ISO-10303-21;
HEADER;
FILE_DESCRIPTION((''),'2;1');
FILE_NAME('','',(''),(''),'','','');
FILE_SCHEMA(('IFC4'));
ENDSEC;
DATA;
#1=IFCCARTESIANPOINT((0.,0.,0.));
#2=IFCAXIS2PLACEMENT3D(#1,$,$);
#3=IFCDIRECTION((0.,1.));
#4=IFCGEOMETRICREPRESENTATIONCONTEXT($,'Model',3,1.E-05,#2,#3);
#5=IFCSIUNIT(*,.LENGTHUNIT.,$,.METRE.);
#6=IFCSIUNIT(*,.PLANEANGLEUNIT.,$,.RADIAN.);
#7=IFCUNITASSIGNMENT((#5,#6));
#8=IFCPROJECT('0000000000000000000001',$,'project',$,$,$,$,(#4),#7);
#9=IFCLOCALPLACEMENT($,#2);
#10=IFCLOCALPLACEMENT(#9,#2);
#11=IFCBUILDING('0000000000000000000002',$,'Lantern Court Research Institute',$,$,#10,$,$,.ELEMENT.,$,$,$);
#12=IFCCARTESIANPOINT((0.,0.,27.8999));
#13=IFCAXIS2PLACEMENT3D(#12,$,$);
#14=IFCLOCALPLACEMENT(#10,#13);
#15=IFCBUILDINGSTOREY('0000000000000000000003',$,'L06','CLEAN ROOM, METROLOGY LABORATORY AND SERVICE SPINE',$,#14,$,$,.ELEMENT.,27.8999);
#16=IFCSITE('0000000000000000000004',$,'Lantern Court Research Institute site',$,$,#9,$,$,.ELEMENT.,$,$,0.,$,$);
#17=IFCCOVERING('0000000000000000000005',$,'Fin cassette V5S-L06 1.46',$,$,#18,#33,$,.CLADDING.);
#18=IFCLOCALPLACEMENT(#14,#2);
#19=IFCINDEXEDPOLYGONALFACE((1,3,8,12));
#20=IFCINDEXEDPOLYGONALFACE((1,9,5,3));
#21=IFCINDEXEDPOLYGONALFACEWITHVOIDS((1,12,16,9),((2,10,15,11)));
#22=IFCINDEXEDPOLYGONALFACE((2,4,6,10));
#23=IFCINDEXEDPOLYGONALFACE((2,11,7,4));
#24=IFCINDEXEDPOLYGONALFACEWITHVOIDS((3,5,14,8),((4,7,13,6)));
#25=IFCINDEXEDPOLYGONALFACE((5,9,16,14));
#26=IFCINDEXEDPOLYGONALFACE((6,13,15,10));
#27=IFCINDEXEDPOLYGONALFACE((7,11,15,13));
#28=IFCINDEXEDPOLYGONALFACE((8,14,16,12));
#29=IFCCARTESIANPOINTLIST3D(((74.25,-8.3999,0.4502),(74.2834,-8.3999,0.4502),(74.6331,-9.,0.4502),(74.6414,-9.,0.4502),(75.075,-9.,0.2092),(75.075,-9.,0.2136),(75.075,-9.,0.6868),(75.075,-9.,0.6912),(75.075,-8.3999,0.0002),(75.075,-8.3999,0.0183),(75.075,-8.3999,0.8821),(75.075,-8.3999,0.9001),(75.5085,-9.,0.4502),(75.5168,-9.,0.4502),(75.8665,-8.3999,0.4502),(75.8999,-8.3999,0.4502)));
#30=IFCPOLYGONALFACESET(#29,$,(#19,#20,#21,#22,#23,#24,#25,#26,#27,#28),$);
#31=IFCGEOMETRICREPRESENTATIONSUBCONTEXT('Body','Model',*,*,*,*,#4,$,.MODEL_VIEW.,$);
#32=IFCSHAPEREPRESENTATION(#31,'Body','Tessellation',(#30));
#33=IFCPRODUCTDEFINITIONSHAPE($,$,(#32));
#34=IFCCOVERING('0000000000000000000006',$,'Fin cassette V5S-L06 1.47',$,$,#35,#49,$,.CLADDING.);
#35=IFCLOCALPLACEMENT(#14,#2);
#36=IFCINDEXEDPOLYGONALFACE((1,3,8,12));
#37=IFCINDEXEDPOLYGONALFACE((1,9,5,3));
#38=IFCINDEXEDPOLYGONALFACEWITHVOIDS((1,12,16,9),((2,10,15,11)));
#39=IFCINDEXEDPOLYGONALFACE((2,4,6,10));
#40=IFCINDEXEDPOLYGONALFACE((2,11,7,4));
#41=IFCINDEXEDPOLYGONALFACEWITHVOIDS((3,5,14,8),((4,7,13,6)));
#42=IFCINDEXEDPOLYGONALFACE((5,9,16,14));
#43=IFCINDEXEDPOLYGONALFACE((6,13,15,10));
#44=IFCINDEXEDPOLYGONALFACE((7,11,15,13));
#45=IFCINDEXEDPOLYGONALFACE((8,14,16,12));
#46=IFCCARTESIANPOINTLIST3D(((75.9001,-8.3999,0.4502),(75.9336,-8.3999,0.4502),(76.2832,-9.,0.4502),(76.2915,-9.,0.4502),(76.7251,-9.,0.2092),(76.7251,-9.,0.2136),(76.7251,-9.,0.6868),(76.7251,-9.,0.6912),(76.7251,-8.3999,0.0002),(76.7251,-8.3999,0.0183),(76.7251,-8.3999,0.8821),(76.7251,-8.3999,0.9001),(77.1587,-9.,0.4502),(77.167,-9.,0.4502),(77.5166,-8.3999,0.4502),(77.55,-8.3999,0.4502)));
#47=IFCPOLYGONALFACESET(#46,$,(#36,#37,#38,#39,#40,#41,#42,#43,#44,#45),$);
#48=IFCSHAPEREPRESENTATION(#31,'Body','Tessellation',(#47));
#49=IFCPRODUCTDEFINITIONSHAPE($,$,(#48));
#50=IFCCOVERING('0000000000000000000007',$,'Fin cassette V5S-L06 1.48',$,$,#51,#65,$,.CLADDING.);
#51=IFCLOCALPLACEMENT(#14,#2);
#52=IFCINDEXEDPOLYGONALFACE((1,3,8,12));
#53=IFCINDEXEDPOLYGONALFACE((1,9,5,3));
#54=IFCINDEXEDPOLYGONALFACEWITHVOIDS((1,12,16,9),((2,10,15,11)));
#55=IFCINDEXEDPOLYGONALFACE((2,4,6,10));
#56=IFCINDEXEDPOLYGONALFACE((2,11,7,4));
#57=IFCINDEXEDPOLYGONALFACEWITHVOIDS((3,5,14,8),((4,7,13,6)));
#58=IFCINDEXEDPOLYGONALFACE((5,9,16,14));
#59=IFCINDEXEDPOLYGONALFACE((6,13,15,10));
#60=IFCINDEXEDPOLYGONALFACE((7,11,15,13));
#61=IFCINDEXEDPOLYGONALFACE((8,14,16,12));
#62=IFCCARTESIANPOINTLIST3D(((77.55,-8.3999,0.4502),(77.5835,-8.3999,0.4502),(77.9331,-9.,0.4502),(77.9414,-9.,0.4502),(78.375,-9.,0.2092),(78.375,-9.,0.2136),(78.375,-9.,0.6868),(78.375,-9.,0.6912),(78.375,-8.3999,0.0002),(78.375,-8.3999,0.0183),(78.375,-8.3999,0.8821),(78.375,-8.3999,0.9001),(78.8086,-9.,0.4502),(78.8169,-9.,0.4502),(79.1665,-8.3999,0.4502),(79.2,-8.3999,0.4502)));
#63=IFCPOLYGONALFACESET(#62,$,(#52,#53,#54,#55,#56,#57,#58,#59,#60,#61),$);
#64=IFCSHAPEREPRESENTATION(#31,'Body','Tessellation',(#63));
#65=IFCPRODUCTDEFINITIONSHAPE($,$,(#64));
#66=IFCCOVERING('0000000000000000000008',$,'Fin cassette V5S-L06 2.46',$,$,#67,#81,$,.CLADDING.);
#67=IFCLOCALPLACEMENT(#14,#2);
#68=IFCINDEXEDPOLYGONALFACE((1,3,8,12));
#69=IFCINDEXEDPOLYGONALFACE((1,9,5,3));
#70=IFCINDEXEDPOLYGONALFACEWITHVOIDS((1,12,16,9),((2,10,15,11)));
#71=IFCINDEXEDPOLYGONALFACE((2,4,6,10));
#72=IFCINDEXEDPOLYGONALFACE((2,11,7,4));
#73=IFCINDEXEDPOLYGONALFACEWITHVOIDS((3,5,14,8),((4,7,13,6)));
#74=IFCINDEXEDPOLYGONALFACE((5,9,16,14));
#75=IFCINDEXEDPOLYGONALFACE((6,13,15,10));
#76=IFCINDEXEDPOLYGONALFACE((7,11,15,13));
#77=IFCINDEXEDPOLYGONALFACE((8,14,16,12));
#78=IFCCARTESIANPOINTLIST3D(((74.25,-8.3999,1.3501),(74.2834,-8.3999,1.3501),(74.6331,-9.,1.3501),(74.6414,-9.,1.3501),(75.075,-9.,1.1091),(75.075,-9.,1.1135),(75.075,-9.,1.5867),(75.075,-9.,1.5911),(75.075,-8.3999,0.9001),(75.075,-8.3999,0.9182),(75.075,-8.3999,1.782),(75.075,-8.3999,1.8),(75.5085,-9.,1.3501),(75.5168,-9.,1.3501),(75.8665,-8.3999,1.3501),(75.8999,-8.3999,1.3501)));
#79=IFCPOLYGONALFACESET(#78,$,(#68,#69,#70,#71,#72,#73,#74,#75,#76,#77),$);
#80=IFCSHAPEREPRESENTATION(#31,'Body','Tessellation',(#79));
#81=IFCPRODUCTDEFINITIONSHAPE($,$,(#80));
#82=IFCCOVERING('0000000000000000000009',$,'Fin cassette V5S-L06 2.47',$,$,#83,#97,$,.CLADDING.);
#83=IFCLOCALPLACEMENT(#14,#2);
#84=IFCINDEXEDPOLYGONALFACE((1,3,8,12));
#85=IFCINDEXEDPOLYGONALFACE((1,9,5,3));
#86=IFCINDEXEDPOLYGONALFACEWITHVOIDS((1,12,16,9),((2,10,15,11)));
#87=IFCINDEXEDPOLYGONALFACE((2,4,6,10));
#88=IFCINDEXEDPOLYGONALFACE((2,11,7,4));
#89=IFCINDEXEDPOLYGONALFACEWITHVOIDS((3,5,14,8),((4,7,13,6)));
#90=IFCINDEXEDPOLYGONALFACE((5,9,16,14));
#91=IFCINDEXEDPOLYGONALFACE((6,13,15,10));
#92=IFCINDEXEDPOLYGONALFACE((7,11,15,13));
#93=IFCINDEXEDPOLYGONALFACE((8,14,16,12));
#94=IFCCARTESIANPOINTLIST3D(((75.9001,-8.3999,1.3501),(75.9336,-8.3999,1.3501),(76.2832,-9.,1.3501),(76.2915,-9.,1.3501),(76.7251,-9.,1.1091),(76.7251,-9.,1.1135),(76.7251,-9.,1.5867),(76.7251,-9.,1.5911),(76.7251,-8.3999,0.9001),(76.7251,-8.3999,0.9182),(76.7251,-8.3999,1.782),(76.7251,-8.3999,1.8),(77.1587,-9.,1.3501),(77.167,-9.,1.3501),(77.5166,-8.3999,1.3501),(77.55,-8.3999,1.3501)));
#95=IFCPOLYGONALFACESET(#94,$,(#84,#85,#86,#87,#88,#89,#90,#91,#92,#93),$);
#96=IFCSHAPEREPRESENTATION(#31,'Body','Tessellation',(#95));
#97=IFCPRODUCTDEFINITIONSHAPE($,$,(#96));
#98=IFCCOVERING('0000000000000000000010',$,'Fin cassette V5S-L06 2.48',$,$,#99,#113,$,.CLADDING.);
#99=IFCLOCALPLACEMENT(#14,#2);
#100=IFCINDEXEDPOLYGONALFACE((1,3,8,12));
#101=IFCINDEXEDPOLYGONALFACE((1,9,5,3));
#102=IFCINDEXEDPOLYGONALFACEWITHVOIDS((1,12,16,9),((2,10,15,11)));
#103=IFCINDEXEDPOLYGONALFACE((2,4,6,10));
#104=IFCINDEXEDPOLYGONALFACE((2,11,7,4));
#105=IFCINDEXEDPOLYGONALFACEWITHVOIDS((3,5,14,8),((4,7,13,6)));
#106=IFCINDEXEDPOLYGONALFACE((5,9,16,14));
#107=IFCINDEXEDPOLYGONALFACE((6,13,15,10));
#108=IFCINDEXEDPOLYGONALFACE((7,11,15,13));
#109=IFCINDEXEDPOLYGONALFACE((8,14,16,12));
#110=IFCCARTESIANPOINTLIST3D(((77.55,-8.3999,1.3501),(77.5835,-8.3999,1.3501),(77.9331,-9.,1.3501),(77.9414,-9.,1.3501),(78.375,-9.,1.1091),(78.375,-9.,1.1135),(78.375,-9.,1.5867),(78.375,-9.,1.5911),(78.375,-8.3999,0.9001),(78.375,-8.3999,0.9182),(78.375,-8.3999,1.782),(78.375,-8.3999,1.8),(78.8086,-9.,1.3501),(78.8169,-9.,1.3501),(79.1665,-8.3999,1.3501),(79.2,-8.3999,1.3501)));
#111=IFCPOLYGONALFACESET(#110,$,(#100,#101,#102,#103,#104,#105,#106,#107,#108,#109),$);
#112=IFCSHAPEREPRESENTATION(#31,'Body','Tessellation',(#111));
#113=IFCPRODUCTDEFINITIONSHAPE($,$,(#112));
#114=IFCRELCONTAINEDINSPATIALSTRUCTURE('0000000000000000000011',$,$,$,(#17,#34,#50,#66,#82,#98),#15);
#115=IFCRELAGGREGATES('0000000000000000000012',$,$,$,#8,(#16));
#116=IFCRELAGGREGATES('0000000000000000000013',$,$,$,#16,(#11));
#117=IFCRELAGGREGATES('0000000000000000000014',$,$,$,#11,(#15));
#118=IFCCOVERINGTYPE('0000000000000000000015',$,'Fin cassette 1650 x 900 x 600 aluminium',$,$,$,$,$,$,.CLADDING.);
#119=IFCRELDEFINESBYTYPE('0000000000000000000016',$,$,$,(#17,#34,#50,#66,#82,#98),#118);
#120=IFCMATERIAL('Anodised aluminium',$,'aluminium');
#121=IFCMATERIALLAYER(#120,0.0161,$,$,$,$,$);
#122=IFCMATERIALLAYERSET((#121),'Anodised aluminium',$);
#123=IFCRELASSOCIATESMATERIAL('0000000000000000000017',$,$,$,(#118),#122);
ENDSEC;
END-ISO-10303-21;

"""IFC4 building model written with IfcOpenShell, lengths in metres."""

from ifc_helpers import new_model, entity, si_unit, direction, frame, origin, place, context, subcontext, project, spatial, material, layer, layer_set, type_object, element, save


model = new_model("IFC4")

# Units and contexts
model_context = context("Model", 3, precision=1e-05, world=origin(), true_north=direction((0.0, 1.0)))
body_context = subcontext(model_context, "Body", "Model", "MODEL_VIEW")
ifc_project = project(units=[si_unit("LENGTHUNIT", "METRE"), si_unit("PLANEANGLEUNIT", "RADIAN")], contexts=[model_context])

# Site, building, storey
site_placement = place(None, origin())
site = spatial("IfcSite", under=ifc_project, at=site_placement, Name="Lantern Court Research Institute site", CompositionType="ELEMENT", RefElevation=0.0)
building_placement = place(site_placement, origin())
building = spatial("IfcBuilding", under=site, at=building_placement, Name="Lantern Court Research Institute", CompositionType="ELEMENT")
storey_placement = place(building_placement, frame((0.0, 0.0, 27.8999)))
storey = spatial("IfcBuildingStorey", under=building, at=storey_placement, Name="L06", Description="CLEAN ROOM, METROLOGY LABORATORY AND SERVICE SPINE", CompositionType="ELEMENT", Elevation=27.8999)

# Coverings
ifc_material_1 = material(Name="Anodised aluminium", Category="aluminium")
ifc_layer_1 = layer(ifc_material_1, 0.0161)
ifc_layer_set_1 = layer_set([ifc_layer_1], Name="Anodised aluminium")
covering_type = type_object("IfcCoveringType", Name="Fin cassette 1650 x 900 x 600 aluminium", PredefinedType="CLADDING", material=ifc_layer_set_1)
covering_1_placement = place(storey_placement, frame((75.075, -8.3999, 0.4502), z_axis=(0.0, -1.0, 0.0), x_axis=(1.0, 0.0, 0.0)))
cartesian_point_1 = entity("IfcCartesianPoint", [0.825, 0.0])
cartesian_point_2 = entity("IfcCartesianPoint", [0.7915, 0.0])
cartesian_point_3 = entity("IfcCartesianPoint", [0.4419, 0.0])
cartesian_point_4 = entity("IfcCartesianPoint", [0.4336, 0.0])
element("IfcCovering", 1, at=covering_1_placement, inside=storey, type_object=covering_type, Name="Fin cassette V5S-L06 1.46", PredefinedType="CLADDING", context=body_context, shape_type="SweptSolid", body=[
    entity("IfcExtrudedAreaSolidTapered", entity("IfcArbitraryProfileDefWithVoids", "AREA", None, entity("IfcPolyline", [cartesian_point_1, entity("IfcCartesianPoint", [0.0, 0.45]), entity("IfcCartesianPoint", [-0.825, 0.0]), entity("IfcCartesianPoint", [0.0, -0.45]), cartesian_point_1]), [entity("IfcPolyline", [cartesian_point_2, entity("IfcCartesianPoint", [0.0, 0.4319]), entity("IfcCartesianPoint", [-0.7915, 0.0]), entity("IfcCartesianPoint", [0.0, -0.4319]), cartesian_point_2])]), entity("IfcAxis2Placement3D", entity("IfcCartesianPoint", [0.0, 0.0, 0.0])), entity("IfcDirection", [0.0, 0.0, 1.0]), 0.6001, entity("IfcArbitraryProfileDefWithVoids", "AREA", None, entity("IfcPolyline", [cartesian_point_3, entity("IfcCartesianPoint", [0.0, 0.241]), entity("IfcCartesianPoint", [-0.4419, 0.0]), entity("IfcCartesianPoint", [0.0, -0.241]), cartesian_point_3]), [entity("IfcPolyline", [cartesian_point_4, entity("IfcCartesianPoint", [0.0, 0.2366]), entity("IfcCartesianPoint", [-0.4336, 0.0]), entity("IfcCartesianPoint", [0.0, -0.2366]), cartesian_point_4])])),
])
covering_2_placement = place(storey_placement, frame((76.7251, -8.3999, 0.4502), z_axis=(0.0, -1.0, 0.0), x_axis=(1.0, 0.0, 0.0)))
cartesian_point_5 = entity("IfcCartesianPoint", [0.825, 0.0])
cartesian_point_6 = entity("IfcCartesianPoint", [0.7915, 0.0])
cartesian_point_7 = entity("IfcCartesianPoint", [0.4419, 0.0])
cartesian_point_8 = entity("IfcCartesianPoint", [0.4336, 0.0])
element("IfcCovering", 2, at=covering_2_placement, inside=storey, type_object=covering_type, Name="Fin cassette V5S-L06 1.47", PredefinedType="CLADDING", context=body_context, shape_type="SweptSolid", body=[
    entity("IfcExtrudedAreaSolidTapered", entity("IfcArbitraryProfileDefWithVoids", "AREA", None, entity("IfcPolyline", [cartesian_point_5, entity("IfcCartesianPoint", [0.0, 0.45]), entity("IfcCartesianPoint", [-0.825, 0.0]), entity("IfcCartesianPoint", [0.0, -0.45]), cartesian_point_5]), [entity("IfcPolyline", [cartesian_point_6, entity("IfcCartesianPoint", [0.0, 0.4319]), entity("IfcCartesianPoint", [-0.7915, 0.0]), entity("IfcCartesianPoint", [0.0, -0.4319]), cartesian_point_6])]), entity("IfcAxis2Placement3D", entity("IfcCartesianPoint", [0.0, 0.0, 0.0])), entity("IfcDirection", [0.0, 0.0, 1.0]), 0.6001, entity("IfcArbitraryProfileDefWithVoids", "AREA", None, entity("IfcPolyline", [cartesian_point_7, entity("IfcCartesianPoint", [0.0, 0.241]), entity("IfcCartesianPoint", [-0.4419, 0.0]), entity("IfcCartesianPoint", [0.0, -0.241]), cartesian_point_7]), [entity("IfcPolyline", [cartesian_point_8, entity("IfcCartesianPoint", [0.0, 0.2366]), entity("IfcCartesianPoint", [-0.4336, 0.0]), entity("IfcCartesianPoint", [0.0, -0.2366]), cartesian_point_8])])),
])
covering_3_placement = place(storey_placement, frame((78.375, -8.3999, 0.4502), z_axis=(0.0, -1.0, 0.0), x_axis=(1.0, 0.0, 0.0)))
cartesian_point_9 = entity("IfcCartesianPoint", [0.825, 0.0])
cartesian_point_10 = entity("IfcCartesianPoint", [0.7915, 0.0])
cartesian_point_11 = entity("IfcCartesianPoint", [0.4419, 0.0])
cartesian_point_12 = entity("IfcCartesianPoint", [0.4336, 0.0])
element("IfcCovering", 3, at=covering_3_placement, inside=storey, type_object=covering_type, Name="Fin cassette V5S-L06 1.48", PredefinedType="CLADDING", context=body_context, shape_type="SweptSolid", body=[
    entity("IfcExtrudedAreaSolidTapered", entity("IfcArbitraryProfileDefWithVoids", "AREA", None, entity("IfcPolyline", [cartesian_point_9, entity("IfcCartesianPoint", [0.0, 0.45]), entity("IfcCartesianPoint", [-0.825, 0.0]), entity("IfcCartesianPoint", [0.0, -0.45]), cartesian_point_9]), [entity("IfcPolyline", [cartesian_point_10, entity("IfcCartesianPoint", [0.0, 0.4319]), entity("IfcCartesianPoint", [-0.7915, 0.0]), entity("IfcCartesianPoint", [0.0, -0.4319]), cartesian_point_10])]), entity("IfcAxis2Placement3D", entity("IfcCartesianPoint", [0.0, 0.0, 0.0])), entity("IfcDirection", [0.0, 0.0, 1.0]), 0.6001, entity("IfcArbitraryProfileDefWithVoids", "AREA", None, entity("IfcPolyline", [cartesian_point_11, entity("IfcCartesianPoint", [0.0, 0.241]), entity("IfcCartesianPoint", [-0.4419, 0.0]), entity("IfcCartesianPoint", [0.0, -0.241]), cartesian_point_11]), [entity("IfcPolyline", [cartesian_point_12, entity("IfcCartesianPoint", [0.0, 0.2366]), entity("IfcCartesianPoint", [-0.4336, 0.0]), entity("IfcCartesianPoint", [0.0, -0.2366]), cartesian_point_12])])),
])
covering_4_placement = place(storey_placement, frame((75.075, -8.3999, 1.3501), z_axis=(0.0, -1.0, 0.0), x_axis=(1.0, 0.0, 0.0)))
cartesian_point_13 = entity("IfcCartesianPoint", [0.825, 0.0])
cartesian_point_14 = entity("IfcCartesianPoint", [0.7915, 0.0])
cartesian_point_15 = entity("IfcCartesianPoint", [0.4419, 0.0])
cartesian_point_16 = entity("IfcCartesianPoint", [0.4336, 0.0])
element("IfcCovering", 4, at=covering_4_placement, inside=storey, type_object=covering_type, Name="Fin cassette V5S-L06 2.46", PredefinedType="CLADDING", context=body_context, shape_type="SweptSolid", body=[
    entity("IfcExtrudedAreaSolidTapered", entity("IfcArbitraryProfileDefWithVoids", "AREA", None, entity("IfcPolyline", [cartesian_point_13, entity("IfcCartesianPoint", [0.0, 0.45]), entity("IfcCartesianPoint", [-0.825, 0.0]), entity("IfcCartesianPoint", [0.0, -0.45]), cartesian_point_13]), [entity("IfcPolyline", [cartesian_point_14, entity("IfcCartesianPoint", [0.0, 0.4319]), entity("IfcCartesianPoint", [-0.7915, 0.0]), entity("IfcCartesianPoint", [0.0, -0.4319]), cartesian_point_14])]), entity("IfcAxis2Placement3D", entity("IfcCartesianPoint", [0.0, 0.0, 0.0])), entity("IfcDirection", [0.0, 0.0, 1.0]), 0.6001, entity("IfcArbitraryProfileDefWithVoids", "AREA", None, entity("IfcPolyline", [cartesian_point_15, entity("IfcCartesianPoint", [0.0, 0.241]), entity("IfcCartesianPoint", [-0.4419, 0.0]), entity("IfcCartesianPoint", [0.0, -0.241]), cartesian_point_15]), [entity("IfcPolyline", [cartesian_point_16, entity("IfcCartesianPoint", [0.0, 0.2366]), entity("IfcCartesianPoint", [-0.4336, 0.0]), entity("IfcCartesianPoint", [0.0, -0.2366]), cartesian_point_16])])),
])
covering_5_placement = place(storey_placement, frame((76.7251, -8.3999, 1.3501), z_axis=(0.0, -1.0, 0.0), x_axis=(1.0, 0.0, 0.0)))
cartesian_point_17 = entity("IfcCartesianPoint", [0.825, 0.0])
cartesian_point_18 = entity("IfcCartesianPoint", [0.7915, 0.0])
cartesian_point_19 = entity("IfcCartesianPoint", [0.4419, 0.0])
cartesian_point_20 = entity("IfcCartesianPoint", [0.4336, 0.0])
element("IfcCovering", 5, at=covering_5_placement, inside=storey, type_object=covering_type, Name="Fin cassette V5S-L06 2.47", PredefinedType="CLADDING", context=body_context, shape_type="SweptSolid", body=[
    entity("IfcExtrudedAreaSolidTapered", entity("IfcArbitraryProfileDefWithVoids", "AREA", None, entity("IfcPolyline", [cartesian_point_17, entity("IfcCartesianPoint", [0.0, 0.45]), entity("IfcCartesianPoint", [-0.825, 0.0]), entity("IfcCartesianPoint", [0.0, -0.45]), cartesian_point_17]), [entity("IfcPolyline", [cartesian_point_18, entity("IfcCartesianPoint", [0.0, 0.4319]), entity("IfcCartesianPoint", [-0.7915, 0.0]), entity("IfcCartesianPoint", [0.0, -0.4319]), cartesian_point_18])]), entity("IfcAxis2Placement3D", entity("IfcCartesianPoint", [0.0, 0.0, 0.0])), entity("IfcDirection", [0.0, 0.0, 1.0]), 0.6001, entity("IfcArbitraryProfileDefWithVoids", "AREA", None, entity("IfcPolyline", [cartesian_point_19, entity("IfcCartesianPoint", [0.0, 0.241]), entity("IfcCartesianPoint", [-0.4419, 0.0]), entity("IfcCartesianPoint", [0.0, -0.241]), cartesian_point_19]), [entity("IfcPolyline", [cartesian_point_20, entity("IfcCartesianPoint", [0.0, 0.2366]), entity("IfcCartesianPoint", [-0.4336, 0.0]), entity("IfcCartesianPoint", [0.0, -0.2366]), cartesian_point_20])])),
])
covering_6_placement = place(storey_placement, frame((78.375, -8.3999, 1.3501), z_axis=(0.0, -1.0, 0.0), x_axis=(1.0, 0.0, 0.0)))
cartesian_point_21 = entity("IfcCartesianPoint", [0.825, 0.0])
cartesian_point_22 = entity("IfcCartesianPoint", [0.7915, 0.0])
cartesian_point_23 = entity("IfcCartesianPoint", [0.4419, 0.0])
cartesian_point_24 = entity("IfcCartesianPoint", [0.4336, 0.0])
element("IfcCovering", 6, at=covering_6_placement, inside=storey, type_object=covering_type, Name="Fin cassette V5S-L06 2.48", PredefinedType="CLADDING", context=body_context, shape_type="SweptSolid", body=[
    entity("IfcExtrudedAreaSolidTapered", entity("IfcArbitraryProfileDefWithVoids", "AREA", None, entity("IfcPolyline", [cartesian_point_21, entity("IfcCartesianPoint", [0.0, 0.45]), entity("IfcCartesianPoint", [-0.825, 0.0]), entity("IfcCartesianPoint", [0.0, -0.45]), cartesian_point_21]), [entity("IfcPolyline", [cartesian_point_22, entity("IfcCartesianPoint", [0.0, 0.4319]), entity("IfcCartesianPoint", [-0.7915, 0.0]), entity("IfcCartesianPoint", [0.0, -0.4319]), cartesian_point_22])]), entity("IfcAxis2Placement3D", entity("IfcCartesianPoint", [0.0, 0.0, 0.0])), entity("IfcDirection", [0.0, 0.0, 1.0]), 0.6001, entity("IfcArbitraryProfileDefWithVoids", "AREA", None, entity("IfcPolyline", [cartesian_point_23, entity("IfcCartesianPoint", [0.0, 0.241]), entity("IfcCartesianPoint", [-0.4419, 0.0]), entity("IfcCartesianPoint", [0.0, -0.241]), cartesian_point_23]), [entity("IfcPolyline", [cartesian_point_24, entity("IfcCartesianPoint", [0.0, 0.2366]), entity("IfcCartesianPoint", [-0.4336, 0.0]), entity("IfcCartesianPoint", [0.0, -0.2366]), cartesian_point_24])])),
])

save(model, "model.ifc")
